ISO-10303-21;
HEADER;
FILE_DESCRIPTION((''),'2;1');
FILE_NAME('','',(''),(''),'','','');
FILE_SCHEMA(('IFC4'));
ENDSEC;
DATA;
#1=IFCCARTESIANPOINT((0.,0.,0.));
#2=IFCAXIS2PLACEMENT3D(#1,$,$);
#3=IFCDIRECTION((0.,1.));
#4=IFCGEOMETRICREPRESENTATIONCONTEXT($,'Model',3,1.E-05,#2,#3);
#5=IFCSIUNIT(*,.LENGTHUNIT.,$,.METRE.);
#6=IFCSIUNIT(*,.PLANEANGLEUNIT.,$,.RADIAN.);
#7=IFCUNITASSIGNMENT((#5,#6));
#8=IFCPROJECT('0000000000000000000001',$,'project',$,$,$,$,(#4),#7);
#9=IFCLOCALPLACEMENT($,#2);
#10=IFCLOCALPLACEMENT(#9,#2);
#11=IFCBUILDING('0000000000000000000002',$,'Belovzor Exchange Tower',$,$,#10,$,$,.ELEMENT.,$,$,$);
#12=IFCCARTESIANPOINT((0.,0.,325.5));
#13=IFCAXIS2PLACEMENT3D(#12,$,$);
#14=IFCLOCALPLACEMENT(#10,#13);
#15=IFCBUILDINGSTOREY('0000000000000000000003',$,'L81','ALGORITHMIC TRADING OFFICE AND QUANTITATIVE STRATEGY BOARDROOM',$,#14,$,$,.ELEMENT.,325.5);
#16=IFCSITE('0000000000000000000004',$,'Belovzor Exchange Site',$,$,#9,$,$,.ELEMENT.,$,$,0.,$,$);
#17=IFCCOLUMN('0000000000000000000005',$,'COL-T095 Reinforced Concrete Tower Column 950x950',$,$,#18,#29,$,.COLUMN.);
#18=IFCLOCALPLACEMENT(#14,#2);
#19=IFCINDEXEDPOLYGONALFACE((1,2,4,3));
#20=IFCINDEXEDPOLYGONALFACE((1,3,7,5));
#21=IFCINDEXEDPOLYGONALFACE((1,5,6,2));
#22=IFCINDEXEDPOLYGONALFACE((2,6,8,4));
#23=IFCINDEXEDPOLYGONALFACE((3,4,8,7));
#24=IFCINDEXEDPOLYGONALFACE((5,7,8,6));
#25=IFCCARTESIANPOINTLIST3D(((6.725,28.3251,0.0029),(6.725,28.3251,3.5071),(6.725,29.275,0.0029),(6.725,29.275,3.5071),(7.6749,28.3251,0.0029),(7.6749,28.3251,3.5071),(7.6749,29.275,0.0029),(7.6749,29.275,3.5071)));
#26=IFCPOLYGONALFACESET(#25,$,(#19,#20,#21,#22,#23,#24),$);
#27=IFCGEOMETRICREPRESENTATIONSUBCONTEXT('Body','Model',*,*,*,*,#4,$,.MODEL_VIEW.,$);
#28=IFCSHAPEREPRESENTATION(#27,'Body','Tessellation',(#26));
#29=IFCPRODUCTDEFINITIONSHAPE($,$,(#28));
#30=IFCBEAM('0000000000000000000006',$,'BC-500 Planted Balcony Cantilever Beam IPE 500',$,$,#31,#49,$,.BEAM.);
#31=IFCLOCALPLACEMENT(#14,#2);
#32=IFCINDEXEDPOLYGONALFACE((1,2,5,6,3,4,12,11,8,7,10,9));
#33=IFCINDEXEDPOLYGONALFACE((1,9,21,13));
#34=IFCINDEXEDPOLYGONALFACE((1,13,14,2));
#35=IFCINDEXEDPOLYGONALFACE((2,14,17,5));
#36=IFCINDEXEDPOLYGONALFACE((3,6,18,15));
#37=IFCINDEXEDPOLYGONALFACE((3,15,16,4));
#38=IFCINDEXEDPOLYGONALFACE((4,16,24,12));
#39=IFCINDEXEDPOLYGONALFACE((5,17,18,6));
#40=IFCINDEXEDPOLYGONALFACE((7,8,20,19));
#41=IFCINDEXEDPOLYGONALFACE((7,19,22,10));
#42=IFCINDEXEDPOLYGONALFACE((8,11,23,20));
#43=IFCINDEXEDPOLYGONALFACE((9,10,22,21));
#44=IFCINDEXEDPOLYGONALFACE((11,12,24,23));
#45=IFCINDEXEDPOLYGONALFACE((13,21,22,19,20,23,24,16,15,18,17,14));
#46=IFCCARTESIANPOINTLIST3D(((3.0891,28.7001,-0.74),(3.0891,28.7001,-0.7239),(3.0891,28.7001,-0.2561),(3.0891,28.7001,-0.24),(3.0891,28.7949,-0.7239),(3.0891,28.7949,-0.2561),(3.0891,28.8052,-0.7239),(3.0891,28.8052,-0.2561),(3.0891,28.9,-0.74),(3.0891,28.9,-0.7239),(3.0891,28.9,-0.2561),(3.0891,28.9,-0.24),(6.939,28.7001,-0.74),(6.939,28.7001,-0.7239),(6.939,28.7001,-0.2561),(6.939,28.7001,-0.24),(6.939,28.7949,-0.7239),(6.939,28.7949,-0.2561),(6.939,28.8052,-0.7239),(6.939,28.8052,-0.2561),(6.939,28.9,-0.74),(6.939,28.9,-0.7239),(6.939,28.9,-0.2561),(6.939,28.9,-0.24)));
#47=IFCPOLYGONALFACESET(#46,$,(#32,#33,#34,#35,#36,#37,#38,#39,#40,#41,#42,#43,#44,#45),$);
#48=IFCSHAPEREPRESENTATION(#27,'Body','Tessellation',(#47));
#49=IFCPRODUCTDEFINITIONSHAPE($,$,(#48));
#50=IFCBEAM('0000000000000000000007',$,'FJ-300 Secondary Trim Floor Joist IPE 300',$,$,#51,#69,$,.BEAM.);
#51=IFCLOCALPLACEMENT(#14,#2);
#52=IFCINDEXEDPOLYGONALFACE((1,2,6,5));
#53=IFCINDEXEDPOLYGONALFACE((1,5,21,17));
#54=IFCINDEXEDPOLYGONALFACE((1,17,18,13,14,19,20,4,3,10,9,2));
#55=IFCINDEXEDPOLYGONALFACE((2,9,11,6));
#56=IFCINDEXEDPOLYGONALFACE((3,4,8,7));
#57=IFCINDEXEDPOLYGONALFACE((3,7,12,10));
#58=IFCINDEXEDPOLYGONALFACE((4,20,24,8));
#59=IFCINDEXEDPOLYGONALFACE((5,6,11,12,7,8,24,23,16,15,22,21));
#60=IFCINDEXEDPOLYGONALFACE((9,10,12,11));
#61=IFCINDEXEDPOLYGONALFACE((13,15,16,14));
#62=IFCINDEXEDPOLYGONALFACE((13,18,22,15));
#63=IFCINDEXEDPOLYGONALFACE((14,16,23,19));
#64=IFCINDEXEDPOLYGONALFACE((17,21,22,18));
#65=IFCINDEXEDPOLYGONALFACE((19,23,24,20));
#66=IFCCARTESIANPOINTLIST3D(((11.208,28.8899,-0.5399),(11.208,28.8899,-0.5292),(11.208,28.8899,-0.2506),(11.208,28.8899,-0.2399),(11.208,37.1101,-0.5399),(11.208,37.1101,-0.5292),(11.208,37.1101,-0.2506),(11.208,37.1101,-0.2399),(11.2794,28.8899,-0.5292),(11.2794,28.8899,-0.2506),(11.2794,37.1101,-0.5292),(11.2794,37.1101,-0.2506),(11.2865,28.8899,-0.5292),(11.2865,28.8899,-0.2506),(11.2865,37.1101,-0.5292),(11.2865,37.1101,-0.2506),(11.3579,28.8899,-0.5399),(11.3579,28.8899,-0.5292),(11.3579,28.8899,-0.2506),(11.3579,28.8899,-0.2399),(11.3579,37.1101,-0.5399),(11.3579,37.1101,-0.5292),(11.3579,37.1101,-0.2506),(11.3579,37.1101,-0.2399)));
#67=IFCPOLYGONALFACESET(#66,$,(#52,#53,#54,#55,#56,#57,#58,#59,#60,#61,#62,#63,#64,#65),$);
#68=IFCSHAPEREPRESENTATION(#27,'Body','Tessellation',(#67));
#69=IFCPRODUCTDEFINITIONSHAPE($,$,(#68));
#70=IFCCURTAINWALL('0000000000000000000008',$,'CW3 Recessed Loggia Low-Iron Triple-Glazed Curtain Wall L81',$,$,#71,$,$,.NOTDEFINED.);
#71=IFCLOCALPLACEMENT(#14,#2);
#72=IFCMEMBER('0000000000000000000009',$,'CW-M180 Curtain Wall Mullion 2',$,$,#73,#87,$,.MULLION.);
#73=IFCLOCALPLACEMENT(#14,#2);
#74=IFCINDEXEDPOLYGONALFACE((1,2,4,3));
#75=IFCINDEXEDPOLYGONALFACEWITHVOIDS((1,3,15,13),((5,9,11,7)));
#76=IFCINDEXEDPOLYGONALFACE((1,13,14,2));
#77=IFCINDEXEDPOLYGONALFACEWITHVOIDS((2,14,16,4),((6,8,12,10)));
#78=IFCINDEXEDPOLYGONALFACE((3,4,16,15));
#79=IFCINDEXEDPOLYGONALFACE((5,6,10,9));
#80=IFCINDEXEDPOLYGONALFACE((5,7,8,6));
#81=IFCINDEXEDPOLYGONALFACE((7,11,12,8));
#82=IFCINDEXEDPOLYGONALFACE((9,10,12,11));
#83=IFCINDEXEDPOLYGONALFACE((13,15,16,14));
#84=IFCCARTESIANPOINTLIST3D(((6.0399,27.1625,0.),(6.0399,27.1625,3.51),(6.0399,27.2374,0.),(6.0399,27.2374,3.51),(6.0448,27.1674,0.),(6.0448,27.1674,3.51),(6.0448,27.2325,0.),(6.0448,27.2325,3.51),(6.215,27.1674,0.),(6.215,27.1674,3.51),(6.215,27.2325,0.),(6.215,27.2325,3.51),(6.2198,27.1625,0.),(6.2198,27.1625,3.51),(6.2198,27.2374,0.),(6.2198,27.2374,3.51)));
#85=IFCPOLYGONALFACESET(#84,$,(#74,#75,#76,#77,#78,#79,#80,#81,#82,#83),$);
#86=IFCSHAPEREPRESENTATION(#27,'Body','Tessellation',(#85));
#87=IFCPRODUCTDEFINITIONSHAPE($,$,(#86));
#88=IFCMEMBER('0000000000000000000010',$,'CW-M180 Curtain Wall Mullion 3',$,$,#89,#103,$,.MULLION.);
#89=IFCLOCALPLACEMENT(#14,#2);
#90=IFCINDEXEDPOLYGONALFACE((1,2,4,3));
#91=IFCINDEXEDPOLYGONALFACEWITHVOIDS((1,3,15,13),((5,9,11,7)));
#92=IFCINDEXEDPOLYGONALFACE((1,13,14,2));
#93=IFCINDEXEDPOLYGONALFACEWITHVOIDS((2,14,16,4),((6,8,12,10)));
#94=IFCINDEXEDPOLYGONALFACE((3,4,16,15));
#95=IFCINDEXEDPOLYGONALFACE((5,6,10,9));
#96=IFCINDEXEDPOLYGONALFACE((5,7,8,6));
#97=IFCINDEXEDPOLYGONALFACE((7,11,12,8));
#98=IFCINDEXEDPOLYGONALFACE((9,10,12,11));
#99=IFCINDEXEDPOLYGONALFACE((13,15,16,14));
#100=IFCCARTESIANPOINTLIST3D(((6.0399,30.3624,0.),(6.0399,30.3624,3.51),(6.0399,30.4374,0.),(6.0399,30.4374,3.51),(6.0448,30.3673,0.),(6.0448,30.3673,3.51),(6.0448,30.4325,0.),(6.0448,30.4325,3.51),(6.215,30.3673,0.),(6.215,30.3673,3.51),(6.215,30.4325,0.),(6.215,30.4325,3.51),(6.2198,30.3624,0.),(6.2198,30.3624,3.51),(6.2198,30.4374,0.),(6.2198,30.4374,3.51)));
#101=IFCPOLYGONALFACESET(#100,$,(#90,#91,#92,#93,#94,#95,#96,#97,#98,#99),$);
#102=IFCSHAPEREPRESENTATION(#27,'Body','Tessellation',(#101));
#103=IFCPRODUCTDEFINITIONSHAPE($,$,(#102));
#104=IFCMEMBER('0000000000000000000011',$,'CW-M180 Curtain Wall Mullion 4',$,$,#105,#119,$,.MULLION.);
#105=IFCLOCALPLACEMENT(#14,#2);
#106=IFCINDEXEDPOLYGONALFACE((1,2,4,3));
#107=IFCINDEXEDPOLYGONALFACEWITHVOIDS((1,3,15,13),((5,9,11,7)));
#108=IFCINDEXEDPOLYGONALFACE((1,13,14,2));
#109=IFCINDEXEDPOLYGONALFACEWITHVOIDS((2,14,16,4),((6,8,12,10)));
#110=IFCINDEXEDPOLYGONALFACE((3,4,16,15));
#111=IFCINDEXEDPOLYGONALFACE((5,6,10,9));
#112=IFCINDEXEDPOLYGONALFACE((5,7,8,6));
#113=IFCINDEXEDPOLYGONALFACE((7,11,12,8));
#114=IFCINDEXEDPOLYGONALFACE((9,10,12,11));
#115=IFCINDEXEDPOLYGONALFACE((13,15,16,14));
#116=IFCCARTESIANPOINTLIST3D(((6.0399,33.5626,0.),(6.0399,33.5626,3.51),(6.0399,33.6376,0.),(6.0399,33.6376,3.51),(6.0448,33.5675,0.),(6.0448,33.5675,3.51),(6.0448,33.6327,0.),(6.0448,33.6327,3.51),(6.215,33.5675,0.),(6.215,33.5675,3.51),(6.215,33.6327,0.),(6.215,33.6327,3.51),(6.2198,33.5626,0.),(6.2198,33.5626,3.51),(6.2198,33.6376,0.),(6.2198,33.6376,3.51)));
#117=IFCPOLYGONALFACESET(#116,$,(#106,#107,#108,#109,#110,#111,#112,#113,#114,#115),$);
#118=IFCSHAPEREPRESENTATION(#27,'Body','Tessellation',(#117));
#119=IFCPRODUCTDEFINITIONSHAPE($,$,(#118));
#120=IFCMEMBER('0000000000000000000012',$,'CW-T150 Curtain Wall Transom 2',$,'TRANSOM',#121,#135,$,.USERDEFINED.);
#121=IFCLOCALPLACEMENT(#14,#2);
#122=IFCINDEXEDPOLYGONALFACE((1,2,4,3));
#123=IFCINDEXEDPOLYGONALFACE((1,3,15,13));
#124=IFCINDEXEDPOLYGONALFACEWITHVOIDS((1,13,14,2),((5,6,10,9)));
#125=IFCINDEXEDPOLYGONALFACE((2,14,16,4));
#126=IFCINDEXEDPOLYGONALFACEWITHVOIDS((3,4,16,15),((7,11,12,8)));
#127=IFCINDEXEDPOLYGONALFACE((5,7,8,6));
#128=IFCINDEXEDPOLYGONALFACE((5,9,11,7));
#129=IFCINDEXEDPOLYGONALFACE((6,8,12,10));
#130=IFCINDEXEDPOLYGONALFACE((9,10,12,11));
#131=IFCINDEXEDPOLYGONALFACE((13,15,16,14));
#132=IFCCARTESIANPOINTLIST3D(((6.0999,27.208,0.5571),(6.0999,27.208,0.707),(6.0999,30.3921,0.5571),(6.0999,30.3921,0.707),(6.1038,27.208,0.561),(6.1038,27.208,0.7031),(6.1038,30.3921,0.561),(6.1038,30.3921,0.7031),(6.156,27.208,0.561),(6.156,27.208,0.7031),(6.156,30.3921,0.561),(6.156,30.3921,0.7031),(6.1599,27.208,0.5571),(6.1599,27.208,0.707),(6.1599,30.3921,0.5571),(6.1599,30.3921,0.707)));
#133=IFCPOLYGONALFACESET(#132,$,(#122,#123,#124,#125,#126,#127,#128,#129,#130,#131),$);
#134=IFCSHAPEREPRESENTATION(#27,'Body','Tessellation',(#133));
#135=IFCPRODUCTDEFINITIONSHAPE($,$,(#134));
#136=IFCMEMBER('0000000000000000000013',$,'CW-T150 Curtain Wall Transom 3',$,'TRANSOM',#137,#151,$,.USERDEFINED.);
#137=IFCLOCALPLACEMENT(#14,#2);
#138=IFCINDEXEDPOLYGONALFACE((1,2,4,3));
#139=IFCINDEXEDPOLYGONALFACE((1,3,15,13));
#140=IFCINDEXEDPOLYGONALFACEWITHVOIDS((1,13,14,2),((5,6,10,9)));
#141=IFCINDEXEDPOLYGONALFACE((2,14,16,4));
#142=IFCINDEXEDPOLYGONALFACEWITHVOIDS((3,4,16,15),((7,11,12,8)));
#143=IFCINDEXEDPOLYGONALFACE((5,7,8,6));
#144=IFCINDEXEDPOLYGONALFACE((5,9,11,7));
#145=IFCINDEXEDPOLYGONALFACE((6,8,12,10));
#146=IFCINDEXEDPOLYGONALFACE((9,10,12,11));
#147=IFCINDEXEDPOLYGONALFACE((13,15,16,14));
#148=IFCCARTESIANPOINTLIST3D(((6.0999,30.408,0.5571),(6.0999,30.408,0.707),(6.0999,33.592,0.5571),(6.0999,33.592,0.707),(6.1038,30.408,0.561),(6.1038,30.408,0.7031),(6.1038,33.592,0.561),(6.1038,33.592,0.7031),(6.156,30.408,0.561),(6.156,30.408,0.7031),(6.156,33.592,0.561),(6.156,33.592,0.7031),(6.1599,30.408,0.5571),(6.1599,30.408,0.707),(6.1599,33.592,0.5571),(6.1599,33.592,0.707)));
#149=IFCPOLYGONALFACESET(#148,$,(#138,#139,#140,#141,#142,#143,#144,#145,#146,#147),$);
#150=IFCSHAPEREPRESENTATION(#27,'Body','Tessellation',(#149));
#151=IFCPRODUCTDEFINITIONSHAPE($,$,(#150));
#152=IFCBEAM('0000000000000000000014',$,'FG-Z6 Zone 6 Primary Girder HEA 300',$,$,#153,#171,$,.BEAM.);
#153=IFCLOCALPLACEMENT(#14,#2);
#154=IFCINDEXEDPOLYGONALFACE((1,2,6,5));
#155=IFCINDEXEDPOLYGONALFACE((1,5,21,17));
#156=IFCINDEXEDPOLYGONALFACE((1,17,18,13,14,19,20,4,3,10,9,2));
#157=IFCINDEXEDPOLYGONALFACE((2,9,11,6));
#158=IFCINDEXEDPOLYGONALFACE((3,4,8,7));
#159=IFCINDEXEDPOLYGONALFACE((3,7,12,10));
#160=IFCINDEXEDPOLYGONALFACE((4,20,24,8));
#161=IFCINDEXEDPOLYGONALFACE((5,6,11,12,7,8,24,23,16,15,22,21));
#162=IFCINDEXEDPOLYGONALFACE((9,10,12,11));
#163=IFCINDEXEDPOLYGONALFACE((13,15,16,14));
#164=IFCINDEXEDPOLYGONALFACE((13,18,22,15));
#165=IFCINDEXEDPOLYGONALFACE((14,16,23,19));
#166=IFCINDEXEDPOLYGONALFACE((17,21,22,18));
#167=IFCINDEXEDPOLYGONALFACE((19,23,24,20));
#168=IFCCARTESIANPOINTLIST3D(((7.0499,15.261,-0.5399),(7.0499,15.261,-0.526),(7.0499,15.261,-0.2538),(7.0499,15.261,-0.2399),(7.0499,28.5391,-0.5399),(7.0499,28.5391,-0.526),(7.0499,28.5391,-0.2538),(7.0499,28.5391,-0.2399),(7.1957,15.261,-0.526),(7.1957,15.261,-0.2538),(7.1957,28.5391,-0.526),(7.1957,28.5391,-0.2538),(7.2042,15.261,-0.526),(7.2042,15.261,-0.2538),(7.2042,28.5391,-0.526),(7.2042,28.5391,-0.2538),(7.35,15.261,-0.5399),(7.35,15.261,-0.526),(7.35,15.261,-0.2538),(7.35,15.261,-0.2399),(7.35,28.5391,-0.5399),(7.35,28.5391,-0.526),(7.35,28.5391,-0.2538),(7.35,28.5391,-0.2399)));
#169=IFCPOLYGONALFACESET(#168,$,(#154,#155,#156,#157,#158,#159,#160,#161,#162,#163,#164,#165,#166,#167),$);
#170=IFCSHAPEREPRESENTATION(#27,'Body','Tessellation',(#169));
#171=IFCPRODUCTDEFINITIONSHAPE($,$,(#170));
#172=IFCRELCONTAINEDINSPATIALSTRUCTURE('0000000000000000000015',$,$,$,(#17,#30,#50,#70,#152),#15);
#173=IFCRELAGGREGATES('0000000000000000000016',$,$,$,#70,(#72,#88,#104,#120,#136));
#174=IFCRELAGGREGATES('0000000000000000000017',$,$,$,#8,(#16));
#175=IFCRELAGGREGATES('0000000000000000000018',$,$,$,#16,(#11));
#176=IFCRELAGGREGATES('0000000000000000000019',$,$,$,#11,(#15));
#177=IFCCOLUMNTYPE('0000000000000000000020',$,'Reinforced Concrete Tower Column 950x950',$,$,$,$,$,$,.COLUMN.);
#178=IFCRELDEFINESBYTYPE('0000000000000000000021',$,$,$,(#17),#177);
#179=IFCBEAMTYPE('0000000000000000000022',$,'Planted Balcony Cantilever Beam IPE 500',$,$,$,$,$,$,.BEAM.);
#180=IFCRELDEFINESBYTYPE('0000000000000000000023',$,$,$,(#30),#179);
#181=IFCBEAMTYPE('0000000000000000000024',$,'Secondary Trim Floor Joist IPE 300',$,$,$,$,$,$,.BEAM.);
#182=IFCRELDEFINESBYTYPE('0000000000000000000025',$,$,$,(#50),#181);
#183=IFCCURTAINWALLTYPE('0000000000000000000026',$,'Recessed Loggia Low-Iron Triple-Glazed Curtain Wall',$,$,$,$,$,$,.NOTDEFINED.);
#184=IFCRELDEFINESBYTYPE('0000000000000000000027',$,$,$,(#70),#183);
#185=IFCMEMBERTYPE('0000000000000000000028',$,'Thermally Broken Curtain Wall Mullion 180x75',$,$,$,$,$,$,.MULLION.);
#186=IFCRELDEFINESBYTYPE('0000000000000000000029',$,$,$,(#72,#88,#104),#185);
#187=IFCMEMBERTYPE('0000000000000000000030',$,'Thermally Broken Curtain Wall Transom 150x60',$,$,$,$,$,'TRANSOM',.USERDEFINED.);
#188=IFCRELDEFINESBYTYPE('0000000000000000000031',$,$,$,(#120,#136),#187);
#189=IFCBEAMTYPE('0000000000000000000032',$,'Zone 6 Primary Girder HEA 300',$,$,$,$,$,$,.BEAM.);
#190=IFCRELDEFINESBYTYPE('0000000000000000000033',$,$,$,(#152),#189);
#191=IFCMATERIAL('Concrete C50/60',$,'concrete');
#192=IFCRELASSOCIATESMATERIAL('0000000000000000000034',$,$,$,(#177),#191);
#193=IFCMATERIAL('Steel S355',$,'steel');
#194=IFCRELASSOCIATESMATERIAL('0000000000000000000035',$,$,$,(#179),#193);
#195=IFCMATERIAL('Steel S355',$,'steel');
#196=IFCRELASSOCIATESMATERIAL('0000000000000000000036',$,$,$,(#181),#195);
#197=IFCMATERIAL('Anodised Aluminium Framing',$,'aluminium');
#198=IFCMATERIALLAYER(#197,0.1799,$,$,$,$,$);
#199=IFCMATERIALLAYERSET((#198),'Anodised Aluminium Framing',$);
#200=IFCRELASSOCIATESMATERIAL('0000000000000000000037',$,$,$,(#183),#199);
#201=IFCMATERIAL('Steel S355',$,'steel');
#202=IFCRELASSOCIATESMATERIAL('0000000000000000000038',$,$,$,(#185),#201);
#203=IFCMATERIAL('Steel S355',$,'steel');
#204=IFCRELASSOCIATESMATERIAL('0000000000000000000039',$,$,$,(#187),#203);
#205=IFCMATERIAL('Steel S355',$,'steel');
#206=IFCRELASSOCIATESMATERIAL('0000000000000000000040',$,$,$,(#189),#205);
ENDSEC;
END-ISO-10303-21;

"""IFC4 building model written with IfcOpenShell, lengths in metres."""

from ifc_helpers import new_model, si_unit, direction, frame, origin, origin_2d, place, context, subcontext, project, spatial, rectangle, hollow_rectangle, i_section, extrude, material, layer, layer_set, material_profile, profile_set, type_object, element, aggregate, save


model = new_model("IFC4")

# Units and contexts
model_context = context("Model", 3, precision=1e-05, world=origin(), true_north=direction((0.0, 1.0)))
body_context = subcontext(model_context, "Body", "Model", "MODEL_VIEW")
ifc_project = project(units=[si_unit("LENGTHUNIT", "METRE"), si_unit("PLANEANGLEUNIT", "RADIAN")], contexts=[model_context])

# Site, building, storey
site_placement = place(None, origin())
site = spatial("IfcSite", under=ifc_project, at=site_placement, Name="Belovzor Exchange Site", CompositionType="ELEMENT", RefElevation=0.0)
building_placement = place(site_placement, origin())
building = spatial("IfcBuilding", under=site, at=building_placement, Name="Belovzor Exchange Tower", CompositionType="ELEMENT")
storey_placement = place(building_placement, frame((0.0, 0.0, 325.5)))
storey = spatial("IfcBuildingStorey", under=building, at=storey_placement, Name="L81", Description="ALGORITHMIC TRADING OFFICE AND QUANTITATIVE STRATEGY BOARDROOM", CompositionType="ELEMENT", Elevation=325.5)

# Column
ifc_material_1 = material(Name="Concrete C50/60", Category="concrete")
ifc_material_profile_1 = material_profile(ifc_material_1, rectangle(XDim=0.95, YDim=0.95, at=origin_2d()))
ifc_profile_set_1 = profile_set([ifc_material_profile_1], Name="Concrete C50/60")
column_type = type_object("IfcColumnType", Name="Reinforced Concrete Tower Column 950x950", PredefinedType="COLUMN", material=ifc_profile_set_1)
column_placement = place(storey_placement, frame((7.2, 28.8, 0.0029), z_axis=(0.0, 0.0, 1.0), x_axis=(1.0, 0.0, 0.0)))
element("IfcColumn", 1, at=column_placement, inside=storey, type_object=column_type, Name="COL-T095 Reinforced Concrete Tower Column 950x950", PredefinedType="COLUMN", context=body_context, shape_type="SweptSolid", body=[
    extrude(rectangle(XDim=0.95, YDim=0.95, at=origin_2d()), origin(), (0.0, 0.0, 1.0), 3.5042),
])

# Beams
ifc_material_2 = material(Name="Steel S355", Category="steel")
ifc_material_profile_2 = material_profile(ifc_material_2, i_section(OverallWidth=0.2, OverallDepth=0.5, WebThickness=0.0103, FlangeThickness=0.0161, at=origin_2d()))
ifc_profile_set_2 = profile_set([ifc_material_profile_2], Name="Steel S355")
beam_type_1 = type_object("IfcBeamType", Name="Planted Balcony Cantilever Beam IPE 500", PredefinedType="BEAM", material=ifc_profile_set_2)
beam_1_placement = place(storey_placement, frame((6.939, 28.8, -0.49), z_axis=(-1.0, 0.0, 0.0), x_axis=(0.0, -1.0, 0.0)))
element("IfcBeam", 2, at=beam_1_placement, inside=storey, type_object=beam_type_1, Name="BC-500 Planted Balcony Cantilever Beam IPE 500", PredefinedType="BEAM", context=body_context, shape_type="SweptSolid", body=[
    extrude(i_section(OverallWidth=0.2, OverallDepth=0.5, WebThickness=0.0103, FlangeThickness=0.0161, at=origin_2d()), origin(), (0.0, 0.0, 1.0), 3.8499),
])
ifc_material_3 = material(Name="Steel S355", Category="steel")
ifc_material_profile_3 = material_profile(ifc_material_3, i_section(OverallWidth=0.1499, OverallDepth=0.3, WebThickness=0.0071, FlangeThickness=0.0107, at=origin_2d()))
ifc_profile_set_3 = profile_set([ifc_material_profile_3], Name="Steel S355")
beam_type_2 = type_object("IfcBeamType", Name="Secondary Trim Floor Joist IPE 300", PredefinedType="BEAM", material=ifc_profile_set_3)
beam_2_placement = place(storey_placement, frame((11.283, 28.8899, -0.3899), z_axis=(0.0, 1.0, 0.0), x_axis=(-1.0, 0.0, 0.0)))
element("IfcBeam", 3, at=beam_2_placement, inside=storey, type_object=beam_type_2, Name="FJ-300 Secondary Trim Floor Joist IPE 300", PredefinedType="BEAM", context=body_context, shape_type="SweptSolid", body=[
    extrude(i_section(OverallWidth=0.1499, OverallDepth=0.3, WebThickness=0.0071, FlangeThickness=0.0107, at=origin_2d()), origin(), (0.0, 0.0, 1.0), 8.2202),
])

# Curtain wall, members
ifc_material_4 = material(Name="Anodised Aluminium Framing", Category="aluminium")
ifc_layer_1 = layer(ifc_material_4, 0.1799)
ifc_layer_set_1 = layer_set([ifc_layer_1], Name="Anodised Aluminium Framing")
curtain_wall_type = type_object("IfcCurtainWallType", Name="Recessed Loggia Low-Iron Triple-Glazed Curtain Wall", PredefinedType="NOTDEFINED", material=ifc_layer_set_1)
curtain_wall_placement = place(storey_placement, origin())
curtain_wall = element("IfcCurtainWall", 4, at=curtain_wall_placement, inside=storey, type_object=curtain_wall_type, Name="CW3 Recessed Loggia Low-Iron Triple-Glazed Curtain Wall L81", PredefinedType="NOTDEFINED")
ifc_material_5 = material(Name="Steel S355", Category="steel")
ifc_material_profile_4 = material_profile(ifc_material_5, hollow_rectangle(XDim=0.075, YDim=0.1799, WallThickness=0.0049, at=origin_2d()))
ifc_profile_set_4 = profile_set([ifc_material_profile_4], Name="Steel S355")
member_type_1 = type_object("IfcMemberType", Name="Thermally Broken Curtain Wall Mullion 180x75", PredefinedType="MULLION", material=ifc_profile_set_4)
member_1_placement = place(storey_placement, frame((6.1299, 27.2, 0.0), z_axis=(0.0, 0.0, 1.0), x_axis=(0.0, 1.0, 0.0)))
member_1 = element("IfcMember", 5, at=member_1_placement, type_object=member_type_1, Name="CW-M180 Curtain Wall Mullion 2", PredefinedType="MULLION", context=body_context, shape_type="SweptSolid", body=[
    extrude(hollow_rectangle(XDim=0.075, YDim=0.1799, WallThickness=0.0049, at=origin_2d()), origin(), (0.0, 0.0, 1.0), 3.51),
])
member_2_placement = place(storey_placement, frame((6.1299, 30.3999, 0.0), z_axis=(0.0, 0.0, 1.0), x_axis=(0.0, 1.0, 0.0)))
member_2 = element("IfcMember", 6, at=member_2_placement, type_object=member_type_1, Name="CW-M180 Curtain Wall Mullion 3", PredefinedType="MULLION", context=body_context, shape_type="SweptSolid", body=[
    extrude(hollow_rectangle(XDim=0.075, YDim=0.1799, WallThickness=0.0049, at=origin_2d()), origin(), (0.0, 0.0, 1.0), 3.51),
])
member_3_placement = place(storey_placement, frame((6.1299, 33.6001, 0.0), z_axis=(0.0, 0.0, 1.0), x_axis=(0.0, 1.0, 0.0)))
member_3 = element("IfcMember", 7, at=member_3_placement, type_object=member_type_1, Name="CW-M180 Curtain Wall Mullion 4", PredefinedType="MULLION", context=body_context, shape_type="SweptSolid", body=[
    extrude(hollow_rectangle(XDim=0.075, YDim=0.1799, WallThickness=0.0049, at=origin_2d()), origin(), (0.0, 0.0, 1.0), 3.51),
])
ifc_material_6 = material(Name="Steel S355", Category="steel")
ifc_material_profile_5 = material_profile(ifc_material_6, hollow_rectangle(XDim=0.0601, YDim=0.1499, WallThickness=0.0039, at=origin_2d()))
ifc_profile_set_5 = profile_set([ifc_material_profile_5], Name="Steel S355")
member_type_2 = type_object("IfcMemberType", Name="Thermally Broken Curtain Wall Transom 150x60", ElementType="TRANSOM", PredefinedType="USERDEFINED", material=ifc_profile_set_5)
member_4_placement = place(storey_placement, frame((6.1299, 27.208, 0.6321), z_axis=(0.0, 1.0, 0.0), x_axis=(-1.0, 0.0, 0.0)))
member_4 = element("IfcMember", 8, at=member_4_placement, type_object=member_type_2, Name="CW-T150 Curtain Wall Transom 2", ObjectType="TRANSOM", PredefinedType="USERDEFINED", context=body_context, shape_type="SweptSolid", body=[
    extrude(hollow_rectangle(XDim=0.0601, YDim=0.1499, WallThickness=0.0039, at=origin_2d()), origin(), (0.0, 0.0, 1.0), 3.1841),
])
member_5_placement = place(storey_placement, frame((6.1299, 30.408, 0.6321), z_axis=(0.0, 1.0, 0.0), x_axis=(-1.0, 0.0, 0.0)))
member_5 = element("IfcMember", 9, at=member_5_placement, type_object=member_type_2, Name="CW-T150 Curtain Wall Transom 3", ObjectType="TRANSOM", PredefinedType="USERDEFINED", context=body_context, shape_type="SweptSolid", body=[
    extrude(hollow_rectangle(XDim=0.0601, YDim=0.1499, WallThickness=0.0039, at=origin_2d()), origin(), (0.0, 0.0, 1.0), 3.1841),
])

# Beam
ifc_material_7 = material(Name="Steel S355", Category="steel")
ifc_material_profile_6 = material_profile(ifc_material_7, i_section(OverallWidth=0.3, OverallDepth=0.3, WebThickness=0.0085, FlangeThickness=0.0139, at=origin_2d()))
ifc_profile_set_6 = profile_set([ifc_material_profile_6], Name="Steel S355")
beam_type_3 = type_object("IfcBeamType", Name="Zone 6 Primary Girder HEA 300", PredefinedType="BEAM", material=ifc_profile_set_6)
beam_3_placement = place(storey_placement, frame((7.2, 28.5391, -0.3899), z_axis=(0.0, -1.0, 0.0), x_axis=(1.0, 0.0, 0.0)))
element("IfcBeam", 10, at=beam_3_placement, inside=storey, type_object=beam_type_3, Name="FG-Z6 Zone 6 Primary Girder HEA 300", PredefinedType="BEAM", context=body_context, shape_type="SweptSolid", body=[
    extrude(i_section(OverallWidth=0.3, OverallDepth=0.3, WebThickness=0.0085, FlangeThickness=0.0139, at=origin_2d()), origin(), (0.0, 0.0, 1.0), 13.2781),
])

aggregate(curtain_wall, [member_1, member_2, member_3, member_4, member_5])

save(model, "model.ifc")
